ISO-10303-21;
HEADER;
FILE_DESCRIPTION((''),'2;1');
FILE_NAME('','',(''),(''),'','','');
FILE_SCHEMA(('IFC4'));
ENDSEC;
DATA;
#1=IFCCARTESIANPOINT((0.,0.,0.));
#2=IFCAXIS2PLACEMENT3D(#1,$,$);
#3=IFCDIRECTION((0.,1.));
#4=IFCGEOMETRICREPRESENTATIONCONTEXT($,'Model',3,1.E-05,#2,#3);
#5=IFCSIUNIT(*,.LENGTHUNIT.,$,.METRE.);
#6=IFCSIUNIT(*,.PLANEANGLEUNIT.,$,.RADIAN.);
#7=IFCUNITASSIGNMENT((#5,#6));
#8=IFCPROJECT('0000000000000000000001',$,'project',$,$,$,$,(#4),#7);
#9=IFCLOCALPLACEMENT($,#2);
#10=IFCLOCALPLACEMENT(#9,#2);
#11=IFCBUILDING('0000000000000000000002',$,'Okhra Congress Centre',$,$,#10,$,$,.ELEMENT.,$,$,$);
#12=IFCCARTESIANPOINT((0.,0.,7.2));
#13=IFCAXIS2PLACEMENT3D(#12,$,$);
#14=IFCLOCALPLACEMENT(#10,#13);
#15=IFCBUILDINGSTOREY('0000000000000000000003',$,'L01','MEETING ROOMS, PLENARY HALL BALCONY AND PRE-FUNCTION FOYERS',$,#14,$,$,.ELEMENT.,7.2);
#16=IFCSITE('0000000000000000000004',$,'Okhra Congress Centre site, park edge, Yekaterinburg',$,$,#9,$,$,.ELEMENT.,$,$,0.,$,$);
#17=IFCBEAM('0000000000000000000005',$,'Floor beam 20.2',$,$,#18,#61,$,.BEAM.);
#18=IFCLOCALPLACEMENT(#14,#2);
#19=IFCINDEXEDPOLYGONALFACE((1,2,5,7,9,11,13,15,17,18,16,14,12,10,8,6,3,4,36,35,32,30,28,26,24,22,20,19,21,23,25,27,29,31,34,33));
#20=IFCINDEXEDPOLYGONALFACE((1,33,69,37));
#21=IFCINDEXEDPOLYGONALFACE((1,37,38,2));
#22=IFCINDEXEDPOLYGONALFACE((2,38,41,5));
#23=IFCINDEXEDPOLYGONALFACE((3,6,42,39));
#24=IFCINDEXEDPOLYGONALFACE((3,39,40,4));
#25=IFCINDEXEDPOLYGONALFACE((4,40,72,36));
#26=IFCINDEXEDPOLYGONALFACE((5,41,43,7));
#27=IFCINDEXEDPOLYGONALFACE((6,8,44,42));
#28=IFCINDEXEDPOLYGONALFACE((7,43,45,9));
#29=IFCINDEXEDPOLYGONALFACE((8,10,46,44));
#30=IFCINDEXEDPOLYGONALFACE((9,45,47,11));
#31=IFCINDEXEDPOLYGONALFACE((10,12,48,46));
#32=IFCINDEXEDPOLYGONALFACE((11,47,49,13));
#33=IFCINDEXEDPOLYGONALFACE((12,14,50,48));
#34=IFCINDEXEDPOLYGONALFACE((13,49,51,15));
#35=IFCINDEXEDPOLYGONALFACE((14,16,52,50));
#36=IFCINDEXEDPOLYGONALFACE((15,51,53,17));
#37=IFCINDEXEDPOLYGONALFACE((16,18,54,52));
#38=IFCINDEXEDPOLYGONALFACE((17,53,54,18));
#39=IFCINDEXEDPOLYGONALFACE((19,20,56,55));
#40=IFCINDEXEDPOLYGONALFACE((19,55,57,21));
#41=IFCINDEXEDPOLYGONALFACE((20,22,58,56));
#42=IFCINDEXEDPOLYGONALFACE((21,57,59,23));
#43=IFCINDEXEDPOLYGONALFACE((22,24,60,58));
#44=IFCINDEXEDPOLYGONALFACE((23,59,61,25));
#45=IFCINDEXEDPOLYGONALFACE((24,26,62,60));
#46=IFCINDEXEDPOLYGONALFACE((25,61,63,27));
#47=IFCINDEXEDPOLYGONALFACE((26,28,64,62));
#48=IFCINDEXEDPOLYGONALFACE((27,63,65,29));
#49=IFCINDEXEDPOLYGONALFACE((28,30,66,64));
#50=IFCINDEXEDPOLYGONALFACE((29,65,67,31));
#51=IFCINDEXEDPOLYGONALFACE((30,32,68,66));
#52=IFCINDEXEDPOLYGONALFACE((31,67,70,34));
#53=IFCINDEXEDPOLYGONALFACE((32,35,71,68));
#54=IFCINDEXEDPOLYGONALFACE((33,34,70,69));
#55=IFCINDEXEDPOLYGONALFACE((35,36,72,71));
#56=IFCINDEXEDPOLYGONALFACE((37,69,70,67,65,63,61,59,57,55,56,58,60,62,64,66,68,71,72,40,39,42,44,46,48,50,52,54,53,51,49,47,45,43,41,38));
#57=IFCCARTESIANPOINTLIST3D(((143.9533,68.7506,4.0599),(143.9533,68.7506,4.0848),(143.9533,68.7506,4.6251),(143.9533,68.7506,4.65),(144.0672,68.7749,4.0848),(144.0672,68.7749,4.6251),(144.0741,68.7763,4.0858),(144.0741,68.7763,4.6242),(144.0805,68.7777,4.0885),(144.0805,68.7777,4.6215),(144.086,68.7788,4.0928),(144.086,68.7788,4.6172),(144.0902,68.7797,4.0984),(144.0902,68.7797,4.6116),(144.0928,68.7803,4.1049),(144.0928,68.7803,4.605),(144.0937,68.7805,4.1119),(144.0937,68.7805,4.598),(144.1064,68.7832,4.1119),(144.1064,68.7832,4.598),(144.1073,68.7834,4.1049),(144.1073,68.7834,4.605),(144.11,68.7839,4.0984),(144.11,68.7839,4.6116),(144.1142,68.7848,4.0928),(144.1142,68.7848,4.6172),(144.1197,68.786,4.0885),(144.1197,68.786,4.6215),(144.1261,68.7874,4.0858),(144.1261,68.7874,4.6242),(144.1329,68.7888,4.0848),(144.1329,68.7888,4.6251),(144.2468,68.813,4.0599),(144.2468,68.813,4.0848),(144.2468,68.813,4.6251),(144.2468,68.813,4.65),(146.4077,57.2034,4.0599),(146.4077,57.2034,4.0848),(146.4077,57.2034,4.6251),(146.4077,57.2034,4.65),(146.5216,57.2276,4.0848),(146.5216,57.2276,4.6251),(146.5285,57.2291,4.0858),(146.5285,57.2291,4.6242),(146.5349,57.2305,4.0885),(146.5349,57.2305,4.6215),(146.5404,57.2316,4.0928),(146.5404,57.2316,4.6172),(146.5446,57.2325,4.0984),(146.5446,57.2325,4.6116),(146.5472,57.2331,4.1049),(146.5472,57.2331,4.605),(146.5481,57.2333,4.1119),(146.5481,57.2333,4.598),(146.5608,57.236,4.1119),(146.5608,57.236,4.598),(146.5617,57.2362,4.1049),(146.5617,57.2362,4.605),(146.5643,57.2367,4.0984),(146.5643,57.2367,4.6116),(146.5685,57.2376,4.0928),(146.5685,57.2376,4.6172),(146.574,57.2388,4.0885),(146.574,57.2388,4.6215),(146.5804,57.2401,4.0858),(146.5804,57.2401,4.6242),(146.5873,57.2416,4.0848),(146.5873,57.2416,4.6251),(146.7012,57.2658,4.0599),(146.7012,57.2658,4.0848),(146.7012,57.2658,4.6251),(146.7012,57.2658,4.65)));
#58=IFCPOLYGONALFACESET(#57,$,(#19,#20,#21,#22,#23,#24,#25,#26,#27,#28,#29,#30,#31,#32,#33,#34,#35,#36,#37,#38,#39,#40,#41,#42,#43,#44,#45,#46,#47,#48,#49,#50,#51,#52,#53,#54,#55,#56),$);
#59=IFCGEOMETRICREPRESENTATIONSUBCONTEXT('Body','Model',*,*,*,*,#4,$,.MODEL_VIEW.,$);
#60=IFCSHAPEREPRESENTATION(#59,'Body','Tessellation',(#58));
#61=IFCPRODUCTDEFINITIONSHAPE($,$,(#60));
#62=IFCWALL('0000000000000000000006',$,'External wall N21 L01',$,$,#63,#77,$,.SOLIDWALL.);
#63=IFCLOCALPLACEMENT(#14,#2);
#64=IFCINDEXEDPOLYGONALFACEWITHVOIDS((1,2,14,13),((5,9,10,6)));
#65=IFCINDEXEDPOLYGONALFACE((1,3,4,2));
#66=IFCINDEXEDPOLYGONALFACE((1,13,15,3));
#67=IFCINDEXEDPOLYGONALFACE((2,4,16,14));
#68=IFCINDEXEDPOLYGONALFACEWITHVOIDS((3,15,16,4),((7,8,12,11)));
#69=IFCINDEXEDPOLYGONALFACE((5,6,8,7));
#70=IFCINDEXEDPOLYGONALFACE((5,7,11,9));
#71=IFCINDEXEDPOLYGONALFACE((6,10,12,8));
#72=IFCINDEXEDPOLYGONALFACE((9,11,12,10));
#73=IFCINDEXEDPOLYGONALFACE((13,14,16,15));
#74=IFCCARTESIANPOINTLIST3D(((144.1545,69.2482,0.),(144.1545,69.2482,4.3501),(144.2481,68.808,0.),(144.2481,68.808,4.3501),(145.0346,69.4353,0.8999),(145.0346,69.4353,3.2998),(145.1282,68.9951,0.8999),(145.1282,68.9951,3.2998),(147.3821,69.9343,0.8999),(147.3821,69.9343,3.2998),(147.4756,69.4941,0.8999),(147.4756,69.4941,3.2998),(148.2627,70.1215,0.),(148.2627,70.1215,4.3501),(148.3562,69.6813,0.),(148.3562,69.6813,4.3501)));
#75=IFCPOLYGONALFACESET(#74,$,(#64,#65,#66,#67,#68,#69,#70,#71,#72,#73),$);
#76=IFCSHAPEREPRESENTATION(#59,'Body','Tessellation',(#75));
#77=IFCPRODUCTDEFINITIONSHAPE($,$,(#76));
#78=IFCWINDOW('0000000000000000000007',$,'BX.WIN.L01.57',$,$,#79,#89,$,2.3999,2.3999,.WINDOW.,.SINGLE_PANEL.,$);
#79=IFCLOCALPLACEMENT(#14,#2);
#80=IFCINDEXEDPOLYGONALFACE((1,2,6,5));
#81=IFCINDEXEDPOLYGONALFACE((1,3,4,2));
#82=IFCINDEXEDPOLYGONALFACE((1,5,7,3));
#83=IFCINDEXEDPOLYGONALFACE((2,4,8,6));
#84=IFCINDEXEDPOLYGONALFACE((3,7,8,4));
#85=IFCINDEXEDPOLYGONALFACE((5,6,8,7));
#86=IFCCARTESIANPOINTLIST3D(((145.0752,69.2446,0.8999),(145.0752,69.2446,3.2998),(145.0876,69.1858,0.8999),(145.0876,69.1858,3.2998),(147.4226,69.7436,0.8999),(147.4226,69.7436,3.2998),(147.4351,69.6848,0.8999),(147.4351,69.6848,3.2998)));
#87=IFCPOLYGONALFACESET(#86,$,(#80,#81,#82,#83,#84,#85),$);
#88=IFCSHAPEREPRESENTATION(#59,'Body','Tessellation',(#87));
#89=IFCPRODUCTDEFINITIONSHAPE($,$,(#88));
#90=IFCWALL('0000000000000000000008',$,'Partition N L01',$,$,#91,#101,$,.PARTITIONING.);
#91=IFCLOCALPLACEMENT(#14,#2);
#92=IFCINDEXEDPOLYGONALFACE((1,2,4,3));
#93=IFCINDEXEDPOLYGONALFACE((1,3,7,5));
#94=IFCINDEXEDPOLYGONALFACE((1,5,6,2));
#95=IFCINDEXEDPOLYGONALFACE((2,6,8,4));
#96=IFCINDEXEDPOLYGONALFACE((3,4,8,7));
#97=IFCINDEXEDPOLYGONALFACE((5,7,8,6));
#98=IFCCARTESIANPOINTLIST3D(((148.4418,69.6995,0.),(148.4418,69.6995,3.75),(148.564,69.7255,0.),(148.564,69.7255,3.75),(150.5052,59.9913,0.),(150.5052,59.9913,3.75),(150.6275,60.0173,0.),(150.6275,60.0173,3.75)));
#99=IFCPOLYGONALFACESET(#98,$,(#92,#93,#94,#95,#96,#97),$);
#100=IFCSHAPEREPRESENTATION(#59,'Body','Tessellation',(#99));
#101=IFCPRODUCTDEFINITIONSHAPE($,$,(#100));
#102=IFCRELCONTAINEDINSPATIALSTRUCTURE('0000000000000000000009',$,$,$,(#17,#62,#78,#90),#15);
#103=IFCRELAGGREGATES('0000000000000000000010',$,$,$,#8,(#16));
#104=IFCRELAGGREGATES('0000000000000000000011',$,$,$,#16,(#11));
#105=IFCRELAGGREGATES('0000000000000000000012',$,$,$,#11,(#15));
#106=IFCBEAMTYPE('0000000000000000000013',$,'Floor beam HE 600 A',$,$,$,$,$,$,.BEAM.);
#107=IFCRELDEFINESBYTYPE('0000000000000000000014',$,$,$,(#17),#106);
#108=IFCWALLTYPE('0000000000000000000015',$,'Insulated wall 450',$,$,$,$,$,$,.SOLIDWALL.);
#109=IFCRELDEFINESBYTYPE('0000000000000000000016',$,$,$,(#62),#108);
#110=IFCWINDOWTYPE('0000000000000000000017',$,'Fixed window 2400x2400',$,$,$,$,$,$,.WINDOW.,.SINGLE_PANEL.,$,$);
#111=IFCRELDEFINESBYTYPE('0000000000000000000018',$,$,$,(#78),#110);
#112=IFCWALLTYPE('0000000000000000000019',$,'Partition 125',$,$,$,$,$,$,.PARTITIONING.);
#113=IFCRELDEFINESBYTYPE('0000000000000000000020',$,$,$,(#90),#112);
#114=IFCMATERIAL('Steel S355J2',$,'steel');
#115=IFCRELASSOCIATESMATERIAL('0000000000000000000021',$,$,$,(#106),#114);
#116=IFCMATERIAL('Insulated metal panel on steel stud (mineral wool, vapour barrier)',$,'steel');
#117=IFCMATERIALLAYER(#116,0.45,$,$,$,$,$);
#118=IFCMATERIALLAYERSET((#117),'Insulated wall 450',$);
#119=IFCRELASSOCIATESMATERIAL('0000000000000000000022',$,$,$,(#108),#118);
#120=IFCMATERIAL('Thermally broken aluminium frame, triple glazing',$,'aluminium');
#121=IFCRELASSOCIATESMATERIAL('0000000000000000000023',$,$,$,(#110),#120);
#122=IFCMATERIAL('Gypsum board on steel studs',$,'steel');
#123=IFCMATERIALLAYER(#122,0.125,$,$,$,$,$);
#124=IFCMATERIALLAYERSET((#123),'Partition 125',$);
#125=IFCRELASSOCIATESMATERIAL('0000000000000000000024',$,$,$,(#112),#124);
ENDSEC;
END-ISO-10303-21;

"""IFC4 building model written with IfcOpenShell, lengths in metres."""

from ifc_helpers import new_model, si_unit, direction, frame, frame_2d, origin, origin_2d, place, context, subcontext, project, spatial, rectangle, i_section, extrude, material, layer, layer_set, material_profile, profile_set, type_object, element, fill, save


model = new_model("IFC4")

# Units and contexts
model_context = context("Model", 3, precision=1e-05, world=origin(), true_north=direction((0.0, 1.0)))
body_context = subcontext(model_context, "Body", "Model", "MODEL_VIEW")
ifc_project = project(units=[si_unit("LENGTHUNIT", "METRE"), si_unit("PLANEANGLEUNIT", "RADIAN")], contexts=[model_context])

# Site, building, storey
site_placement = place(None, origin())
site = spatial("IfcSite", under=ifc_project, at=site_placement, Name="Okhra Congress Centre site, park edge, Yekaterinburg", CompositionType="ELEMENT", RefElevation=0.0)
building_placement = place(site_placement, origin())
building = spatial("IfcBuilding", under=site, at=building_placement, Name="Okhra Congress Centre", CompositionType="ELEMENT")
storey_placement = place(building_placement, frame((0.0, 0.0, 7.2)))
storey = spatial("IfcBuildingStorey", under=building, at=storey_placement, Name="L01", Description="MEETING ROOMS, PLENARY HALL BALCONY AND PRE-FUNCTION FOYERS", CompositionType="ELEMENT", Elevation=7.2)

# Shared definitions
ifc_material_1 = material(Name="Steel S355J2", Category="steel")

# Beam
ifc_material_profile_1 = material_profile(ifc_material_1, i_section(OverallWidth=0.3, OverallDepth=0.5901, WebThickness=0.0129, FlangeThickness=0.0249, FilletRadius=0.0271, at=origin_2d()), Name="HE 600 A")
ifc_profile_set_1 = profile_set([ifc_material_profile_1], Name="Steel S355J2")
beam_type_1 = type_object("IfcBeamType", Name="Floor beam HE 600 A", PredefinedType="BEAM", material=ifc_profile_set_1)
beam_1_placement = place(storey_placement, frame((146.5544, 57.2346, 4.355), z_axis=(-0.207906, 0.978149, 0.0), x_axis=(-0.978149, -0.207906, 0.0)))
element("IfcBeam", 1, at=beam_1_placement, inside=storey, type_object=beam_type_1, Name="Floor beam 20.2", PredefinedType="BEAM", context=body_context, shape_type="SweptSolid", body=[
    extrude(i_section(OverallWidth=0.3, OverallDepth=0.5901, WebThickness=0.0129, FlangeThickness=0.0249, FilletRadius=0.0271, at=origin_2d()), origin(), (0.0, 0.0, 1.0), 11.8052),
])

# Wall, opening, window
ifc_material_2 = material(Name="Insulated metal panel on steel stud (mineral wool, vapour barrier)", Category="steel")
ifc_layer_1 = layer(ifc_material_2, 0.45)
ifc_layer_set_1 = layer_set([ifc_layer_1], Name="Insulated wall 450")
wall_type_1 = type_object("IfcWallType", Name="Insulated wall 450", PredefinedType="SOLIDWALL", material=ifc_layer_set_1)
wall_1_placement = place(storey_placement, frame((144.2012, 69.0281, 0.0), z_axis=(0.0, 0.0, 1.0), x_axis=(0.978144, 0.207929, 0.0)))
wall_1 = element("IfcWall", 2, at=wall_1_placement, inside=storey, type_object=wall_type_1, Name="External wall N21 L01", PredefinedType="SOLIDWALL", context=body_context, shape_type="SweptSolid", body=[
    extrude(rectangle(XDim=4.2, YDim=0.45, at=frame_2d((2.1001, 0.0))), origin(), (0.0, 0.0, 1.0), 4.3501),
])
opening_1_placement = place(wall_1_placement, frame((0.8999, 0.0, 0.8999)))
opening_1 = element("IfcOpeningElement", 3, at=opening_1_placement, cuts=wall_1, PredefinedType="OPENING", context=body_context, shape_type="SweptSolid", body=[
    extrude(rectangle(XDim=2.3999, YDim=2.3999, at=frame_2d((1.2, 1.2))), frame((0.0, 0.2349, 0.0), z_axis=(0.0, -1.0, 0.0), x_axis=(1.0, 0.0, 0.0)), (0.0, 0.0, 1.0), 0.47),
])
ifc_material_3 = material(Name="Thermally broken aluminium frame, triple glazing", Category="aluminium")
window_type = type_object("IfcWindowType", Name="Fixed window 2400x2400", PartitioningType="SINGLE_PANEL", PredefinedType="WINDOW", material=ifc_material_3)
window_placement = place(opening_1_placement, origin())
window = element("IfcWindow", 4, at=window_placement, inside=storey, type_object=window_type, Name="BX.WIN.L01.57", OverallHeight=2.3999, OverallWidth=2.3999, PartitioningType="SINGLE_PANEL", PredefinedType="WINDOW", context=body_context, shape_type="SweptSolid", body=[
    extrude(rectangle(XDim=2.3999, YDim=2.3999, at=frame_2d((1.2, 1.2))), frame((0.0, 0.03, 0.0), z_axis=(0.0, -1.0, 0.0), x_axis=(1.0, 0.0, 0.0)), (0.0, 0.0, 1.0), 0.0601),
])
fill(opening_1, window)

# Wall
ifc_material_4 = material(Name="Gypsum board on steel studs", Category="steel")
ifc_layer_2 = layer(ifc_material_4, 0.125)
ifc_layer_set_2 = layer_set([ifc_layer_2], Name="Partition 125")
wall_type_2 = type_object("IfcWallType", Name="Partition 125", PredefinedType="PARTITIONING", material=ifc_layer_set_2)
wall_2_placement = place(storey_placement, frame((148.5029, 69.7124, 0.0), z_axis=(0.0, 0.0, 1.0), x_axis=(0.207904, -0.978149, 0.0)))
element("IfcWall", 5, at=wall_2_placement, inside=storey, type_object=wall_type_2, Name="Partition N L01", PredefinedType="PARTITIONING", context=body_context, shape_type="SweptSolid", body=[
    extrude(rectangle(XDim=9.925, YDim=0.125, at=frame_2d((4.9624, 0.0))), origin(), (0.0, 0.0, 1.0), 3.75),
])

save(model, "model.ifc")
